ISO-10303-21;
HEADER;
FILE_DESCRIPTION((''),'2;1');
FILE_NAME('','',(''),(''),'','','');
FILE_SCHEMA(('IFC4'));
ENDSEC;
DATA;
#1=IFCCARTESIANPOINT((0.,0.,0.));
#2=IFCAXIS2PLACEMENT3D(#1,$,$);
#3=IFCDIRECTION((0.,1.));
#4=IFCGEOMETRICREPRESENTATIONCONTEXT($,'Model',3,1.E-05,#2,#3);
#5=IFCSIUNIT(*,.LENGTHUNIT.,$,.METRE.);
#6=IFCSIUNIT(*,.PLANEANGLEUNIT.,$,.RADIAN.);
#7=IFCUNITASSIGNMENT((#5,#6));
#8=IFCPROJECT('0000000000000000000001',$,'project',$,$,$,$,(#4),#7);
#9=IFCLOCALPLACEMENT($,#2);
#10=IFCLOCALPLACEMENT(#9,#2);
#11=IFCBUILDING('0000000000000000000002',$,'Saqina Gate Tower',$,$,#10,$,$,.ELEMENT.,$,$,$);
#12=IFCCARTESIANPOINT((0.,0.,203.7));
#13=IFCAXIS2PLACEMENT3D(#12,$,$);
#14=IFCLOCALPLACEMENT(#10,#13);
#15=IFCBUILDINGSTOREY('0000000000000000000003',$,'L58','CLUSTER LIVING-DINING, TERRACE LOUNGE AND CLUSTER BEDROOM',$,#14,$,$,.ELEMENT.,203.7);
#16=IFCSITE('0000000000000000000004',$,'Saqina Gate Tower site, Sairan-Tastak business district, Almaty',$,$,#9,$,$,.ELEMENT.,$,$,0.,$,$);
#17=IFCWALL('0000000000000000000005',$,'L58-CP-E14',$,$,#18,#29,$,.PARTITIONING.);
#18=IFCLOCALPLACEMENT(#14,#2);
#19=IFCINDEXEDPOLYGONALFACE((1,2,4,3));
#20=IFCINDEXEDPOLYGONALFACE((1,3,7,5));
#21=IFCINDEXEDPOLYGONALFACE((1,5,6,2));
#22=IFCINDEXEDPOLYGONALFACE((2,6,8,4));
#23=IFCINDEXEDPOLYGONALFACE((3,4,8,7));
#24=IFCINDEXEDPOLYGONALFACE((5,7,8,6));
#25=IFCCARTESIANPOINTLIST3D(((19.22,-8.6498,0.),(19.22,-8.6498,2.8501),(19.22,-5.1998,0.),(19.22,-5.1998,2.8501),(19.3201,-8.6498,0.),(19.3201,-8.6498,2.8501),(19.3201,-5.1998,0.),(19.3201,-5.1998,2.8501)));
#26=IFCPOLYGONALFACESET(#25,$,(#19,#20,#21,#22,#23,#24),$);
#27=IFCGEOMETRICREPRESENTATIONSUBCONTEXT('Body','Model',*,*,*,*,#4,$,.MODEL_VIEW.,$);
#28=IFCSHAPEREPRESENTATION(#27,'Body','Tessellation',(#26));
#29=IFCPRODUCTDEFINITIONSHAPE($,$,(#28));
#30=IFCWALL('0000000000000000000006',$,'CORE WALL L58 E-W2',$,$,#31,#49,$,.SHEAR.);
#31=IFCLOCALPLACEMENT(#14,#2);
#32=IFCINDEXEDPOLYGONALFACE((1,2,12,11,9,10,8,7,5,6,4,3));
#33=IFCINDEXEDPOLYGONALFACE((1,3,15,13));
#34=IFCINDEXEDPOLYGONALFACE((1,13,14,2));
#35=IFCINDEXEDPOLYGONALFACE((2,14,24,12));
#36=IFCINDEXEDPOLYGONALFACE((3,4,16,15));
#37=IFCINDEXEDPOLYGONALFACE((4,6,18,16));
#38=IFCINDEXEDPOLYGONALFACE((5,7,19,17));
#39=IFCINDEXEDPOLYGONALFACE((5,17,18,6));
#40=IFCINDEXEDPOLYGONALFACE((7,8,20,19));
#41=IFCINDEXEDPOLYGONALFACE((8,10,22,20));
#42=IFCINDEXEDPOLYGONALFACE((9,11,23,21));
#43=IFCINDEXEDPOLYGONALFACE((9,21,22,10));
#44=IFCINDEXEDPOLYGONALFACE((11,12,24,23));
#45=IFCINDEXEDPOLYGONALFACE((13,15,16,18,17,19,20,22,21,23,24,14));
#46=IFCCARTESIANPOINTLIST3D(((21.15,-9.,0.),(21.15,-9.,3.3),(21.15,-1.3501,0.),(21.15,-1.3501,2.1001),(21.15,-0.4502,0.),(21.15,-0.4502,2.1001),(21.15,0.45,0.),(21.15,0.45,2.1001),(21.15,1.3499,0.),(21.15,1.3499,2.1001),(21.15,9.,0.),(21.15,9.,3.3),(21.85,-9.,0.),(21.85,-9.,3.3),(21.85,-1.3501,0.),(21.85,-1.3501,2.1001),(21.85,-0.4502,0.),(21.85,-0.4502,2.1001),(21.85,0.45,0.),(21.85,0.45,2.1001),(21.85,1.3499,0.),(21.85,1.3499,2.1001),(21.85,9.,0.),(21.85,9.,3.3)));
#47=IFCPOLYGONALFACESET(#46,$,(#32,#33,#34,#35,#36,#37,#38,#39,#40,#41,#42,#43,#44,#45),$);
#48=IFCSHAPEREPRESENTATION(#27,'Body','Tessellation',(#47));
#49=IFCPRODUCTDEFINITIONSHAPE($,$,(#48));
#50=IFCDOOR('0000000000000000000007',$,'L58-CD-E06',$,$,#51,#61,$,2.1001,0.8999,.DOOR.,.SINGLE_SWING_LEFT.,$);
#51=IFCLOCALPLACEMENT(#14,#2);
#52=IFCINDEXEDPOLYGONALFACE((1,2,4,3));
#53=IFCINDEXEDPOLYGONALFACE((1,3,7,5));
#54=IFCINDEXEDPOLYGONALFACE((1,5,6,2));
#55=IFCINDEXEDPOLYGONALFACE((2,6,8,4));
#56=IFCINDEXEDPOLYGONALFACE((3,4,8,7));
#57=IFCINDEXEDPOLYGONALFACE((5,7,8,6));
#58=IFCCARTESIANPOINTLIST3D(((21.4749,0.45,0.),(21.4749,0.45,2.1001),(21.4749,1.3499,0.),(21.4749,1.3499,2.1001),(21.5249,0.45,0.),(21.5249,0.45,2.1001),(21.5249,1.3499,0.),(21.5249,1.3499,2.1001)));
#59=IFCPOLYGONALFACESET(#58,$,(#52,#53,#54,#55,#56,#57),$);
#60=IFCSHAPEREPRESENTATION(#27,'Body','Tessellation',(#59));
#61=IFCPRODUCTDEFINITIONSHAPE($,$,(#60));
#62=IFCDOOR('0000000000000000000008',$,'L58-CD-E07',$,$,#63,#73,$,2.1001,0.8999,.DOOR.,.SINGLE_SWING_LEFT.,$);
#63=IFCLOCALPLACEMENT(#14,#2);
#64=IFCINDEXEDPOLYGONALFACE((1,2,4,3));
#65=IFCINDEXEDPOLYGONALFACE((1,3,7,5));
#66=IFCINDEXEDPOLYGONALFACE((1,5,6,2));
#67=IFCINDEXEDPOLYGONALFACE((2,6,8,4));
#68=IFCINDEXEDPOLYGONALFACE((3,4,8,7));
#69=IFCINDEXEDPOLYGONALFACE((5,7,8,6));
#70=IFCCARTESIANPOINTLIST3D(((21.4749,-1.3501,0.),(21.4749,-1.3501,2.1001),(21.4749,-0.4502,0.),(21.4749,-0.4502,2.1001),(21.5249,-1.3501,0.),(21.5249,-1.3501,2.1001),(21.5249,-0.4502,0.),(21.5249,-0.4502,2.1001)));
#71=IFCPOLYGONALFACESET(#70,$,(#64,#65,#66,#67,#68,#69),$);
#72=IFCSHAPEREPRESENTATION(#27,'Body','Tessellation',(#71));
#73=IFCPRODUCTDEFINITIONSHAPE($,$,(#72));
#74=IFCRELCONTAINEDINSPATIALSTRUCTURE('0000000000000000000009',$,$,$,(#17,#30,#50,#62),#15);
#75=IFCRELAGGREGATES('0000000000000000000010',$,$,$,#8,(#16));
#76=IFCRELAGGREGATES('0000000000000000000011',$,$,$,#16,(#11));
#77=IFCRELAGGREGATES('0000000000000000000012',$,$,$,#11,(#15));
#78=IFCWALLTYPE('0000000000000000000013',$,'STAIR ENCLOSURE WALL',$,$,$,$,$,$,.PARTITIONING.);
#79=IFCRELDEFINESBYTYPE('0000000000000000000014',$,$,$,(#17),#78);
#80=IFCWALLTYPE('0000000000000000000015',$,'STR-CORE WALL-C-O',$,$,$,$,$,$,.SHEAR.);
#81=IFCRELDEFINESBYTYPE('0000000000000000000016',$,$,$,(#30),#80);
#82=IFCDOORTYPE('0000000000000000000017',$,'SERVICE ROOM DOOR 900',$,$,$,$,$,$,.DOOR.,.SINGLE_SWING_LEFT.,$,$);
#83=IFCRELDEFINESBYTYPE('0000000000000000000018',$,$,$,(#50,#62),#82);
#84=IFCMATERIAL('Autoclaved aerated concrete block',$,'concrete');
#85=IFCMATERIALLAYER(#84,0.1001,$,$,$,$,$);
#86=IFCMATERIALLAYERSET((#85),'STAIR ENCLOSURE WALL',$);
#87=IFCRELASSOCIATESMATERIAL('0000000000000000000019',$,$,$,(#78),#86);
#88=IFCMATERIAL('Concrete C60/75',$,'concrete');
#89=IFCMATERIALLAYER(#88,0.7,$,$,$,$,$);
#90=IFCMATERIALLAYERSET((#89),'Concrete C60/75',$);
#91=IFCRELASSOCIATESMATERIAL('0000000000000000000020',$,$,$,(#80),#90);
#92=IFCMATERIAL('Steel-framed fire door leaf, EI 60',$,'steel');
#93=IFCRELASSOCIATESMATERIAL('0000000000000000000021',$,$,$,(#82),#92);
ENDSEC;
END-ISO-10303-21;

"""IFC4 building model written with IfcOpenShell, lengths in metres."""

from ifc_helpers import new_model, si_unit, direction, frame, frame_2d, origin, place, context, subcontext, project, spatial, rectangle, extrude, material, layer, layer_set, type_object, element, fill, save


model = new_model("IFC4")

# Units and contexts
model_context = context("Model", 3, precision=1e-05, world=origin(), true_north=direction((0.0, 1.0)))
body_context = subcontext(model_context, "Body", "Model", "MODEL_VIEW")
ifc_project = project(units=[si_unit("LENGTHUNIT", "METRE"), si_unit("PLANEANGLEUNIT", "RADIAN")], contexts=[model_context])

# Site, building, storey
site_placement = place(None, origin())
site = spatial("IfcSite", under=ifc_project, at=site_placement, Name="Saqina Gate Tower site, Sairan-Tastak business district, Almaty", CompositionType="ELEMENT", RefElevation=0.0)
building_placement = place(site_placement, origin())
building = spatial("IfcBuilding", under=site, at=building_placement, Name="Saqina Gate Tower", CompositionType="ELEMENT")
storey_placement = place(building_placement, frame((0.0, 0.0, 203.7)))
storey = spatial("IfcBuildingStorey", under=building, at=storey_placement, Name="L58", Description="CLUSTER LIVING-DINING, TERRACE LOUNGE AND CLUSTER BEDROOM", CompositionType="ELEMENT", Elevation=203.7)

# Wall
ifc_material_1 = material(Name="Autoclaved aerated concrete block", Category="concrete")
ifc_layer_1 = layer(ifc_material_1, 0.1001)
ifc_layer_set_1 = layer_set([ifc_layer_1], Name="STAIR ENCLOSURE WALL")
wall_type_1 = type_object("IfcWallType", Name="STAIR ENCLOSURE WALL", PredefinedType="PARTITIONING", material=ifc_layer_set_1)
wall_1_placement = place(storey_placement, frame((19.27, -8.6499, 0.0), z_axis=(0.0, 0.0, 1.0), x_axis=(0.0, 1.0, 0.0)))
element("IfcWall", 1, at=wall_1_placement, inside=storey, type_object=wall_type_1, Name="L58-CP-E14", PredefinedType="PARTITIONING", context=body_context, shape_type="SweptSolid", body=[
    extrude(rectangle(XDim=3.45, YDim=0.1001, at=frame_2d((1.7251, 0.0))), origin(), (0.0, 0.0, 1.0), 2.8501),
])

# Wall, openings, doors
ifc_material_2 = material(Name="Concrete C60/75", Category="concrete")
ifc_layer_2 = layer(ifc_material_2, 0.7)
ifc_layer_set_2 = layer_set([ifc_layer_2], Name="Concrete C60/75")
wall_type_2 = type_object("IfcWallType", Name="STR-CORE WALL-C-O", PredefinedType="SHEAR", material=ifc_layer_set_2)
wall_2_placement = place(storey_placement, frame((21.5, -9.0, 0.0), z_axis=(0.0, 0.0, 1.0), x_axis=(0.0, 1.0, 0.0)))
wall_2 = element("IfcWall", 2, at=wall_2_placement, inside=storey, type_object=wall_type_2, Name="CORE WALL L58 E-W2", PredefinedType="SHEAR", context=body_context, shape_type="SweptSolid", body=[
    extrude(rectangle(XDim=18.0, YDim=0.7, at=frame_2d((9.0, 0.0))), origin(), (0.0, 0.0, 1.0), 3.3),
])
opening_1_placement = place(wall_2_placement, frame((9.45, 0.0, 0.0)))
opening_1 = element("IfcOpeningElement", 3, at=opening_1_placement, cuts=wall_2, PredefinedType="OPENING", context=body_context, shape_type="SweptSolid", body=[
    extrude(rectangle(XDim=0.8999, YDim=2.1001, at=frame_2d((0.45, 1.05))), frame((0.0, 0.3621, 0.0), z_axis=(0.0, -1.0, 0.0), x_axis=(1.0, 0.0, 0.0)), (0.0, 0.0, 1.0), 0.7239),
])
opening_2_placement = place(wall_2_placement, frame((7.6499, 0.0, 0.0)))
opening_2 = element("IfcOpeningElement", 4, at=opening_2_placement, cuts=wall_2, PredefinedType="OPENING", context=body_context, shape_type="SweptSolid", body=[
    extrude(rectangle(XDim=0.8999, YDim=2.1001, at=frame_2d((0.45, 1.05))), frame((0.0, 0.3621, 0.0), z_axis=(0.0, -1.0, 0.0), x_axis=(1.0, 0.0, 0.0)), (0.0, 0.0, 1.0), 0.7239),
])
ifc_material_3 = material(Name="Steel-framed fire door leaf, EI 60", Category="steel")
door_type_1 = type_object("IfcDoorType", Name="SERVICE ROOM DOOR 900", OperationType="SINGLE_SWING_LEFT", PredefinedType="DOOR", material=ifc_material_3)
door_1_placement = place(opening_1_placement, frame((0.8999, 0.0, 0.0), z_axis=(0.0, 0.0, 1.0), x_axis=(-1.0, 0.0, 0.0)))
door_1 = element("IfcDoor", 5, at=door_1_placement, inside=storey, type_object=door_type_1, Name="L58-CD-E06", OperationType="SINGLE_SWING_LEFT", OverallHeight=2.1001, OverallWidth=0.8999, PredefinedType="DOOR", context=body_context, shape_type="SweptSolid", body=[
    extrude(rectangle(XDim=0.8999, YDim=2.1001, at=frame_2d((0.45, 1.05))), frame((0.0, 0.0249, 0.0), z_axis=(0.0, -1.0, 0.0), x_axis=(1.0, 0.0, 0.0)), (0.0, 0.0, 1.0), 0.05),
])
fill(opening_1, door_1)
door_2_placement = place(opening_2_placement, frame((0.8999, 0.0, 0.0), z_axis=(0.0, 0.0, 1.0), x_axis=(-1.0, 0.0, 0.0)))
door_2 = element("IfcDoor", 6, at=door_2_placement, inside=storey, type_object=door_type_1, Name="L58-CD-E07", OperationType="SINGLE_SWING_LEFT", OverallHeight=2.1001, OverallWidth=0.8999, PredefinedType="DOOR", context=body_context, shape_type="SweptSolid", body=[
    extrude(rectangle(XDim=0.8999, YDim=2.1001, at=frame_2d((0.45, 1.05))), frame((0.0, 0.0249, 0.0), z_axis=(0.0, -1.0, 0.0), x_axis=(1.0, 0.0, 0.0)), (0.0, 0.0, 1.0), 0.05),
])
fill(opening_2, door_2)

save(model, "model.ifc")
